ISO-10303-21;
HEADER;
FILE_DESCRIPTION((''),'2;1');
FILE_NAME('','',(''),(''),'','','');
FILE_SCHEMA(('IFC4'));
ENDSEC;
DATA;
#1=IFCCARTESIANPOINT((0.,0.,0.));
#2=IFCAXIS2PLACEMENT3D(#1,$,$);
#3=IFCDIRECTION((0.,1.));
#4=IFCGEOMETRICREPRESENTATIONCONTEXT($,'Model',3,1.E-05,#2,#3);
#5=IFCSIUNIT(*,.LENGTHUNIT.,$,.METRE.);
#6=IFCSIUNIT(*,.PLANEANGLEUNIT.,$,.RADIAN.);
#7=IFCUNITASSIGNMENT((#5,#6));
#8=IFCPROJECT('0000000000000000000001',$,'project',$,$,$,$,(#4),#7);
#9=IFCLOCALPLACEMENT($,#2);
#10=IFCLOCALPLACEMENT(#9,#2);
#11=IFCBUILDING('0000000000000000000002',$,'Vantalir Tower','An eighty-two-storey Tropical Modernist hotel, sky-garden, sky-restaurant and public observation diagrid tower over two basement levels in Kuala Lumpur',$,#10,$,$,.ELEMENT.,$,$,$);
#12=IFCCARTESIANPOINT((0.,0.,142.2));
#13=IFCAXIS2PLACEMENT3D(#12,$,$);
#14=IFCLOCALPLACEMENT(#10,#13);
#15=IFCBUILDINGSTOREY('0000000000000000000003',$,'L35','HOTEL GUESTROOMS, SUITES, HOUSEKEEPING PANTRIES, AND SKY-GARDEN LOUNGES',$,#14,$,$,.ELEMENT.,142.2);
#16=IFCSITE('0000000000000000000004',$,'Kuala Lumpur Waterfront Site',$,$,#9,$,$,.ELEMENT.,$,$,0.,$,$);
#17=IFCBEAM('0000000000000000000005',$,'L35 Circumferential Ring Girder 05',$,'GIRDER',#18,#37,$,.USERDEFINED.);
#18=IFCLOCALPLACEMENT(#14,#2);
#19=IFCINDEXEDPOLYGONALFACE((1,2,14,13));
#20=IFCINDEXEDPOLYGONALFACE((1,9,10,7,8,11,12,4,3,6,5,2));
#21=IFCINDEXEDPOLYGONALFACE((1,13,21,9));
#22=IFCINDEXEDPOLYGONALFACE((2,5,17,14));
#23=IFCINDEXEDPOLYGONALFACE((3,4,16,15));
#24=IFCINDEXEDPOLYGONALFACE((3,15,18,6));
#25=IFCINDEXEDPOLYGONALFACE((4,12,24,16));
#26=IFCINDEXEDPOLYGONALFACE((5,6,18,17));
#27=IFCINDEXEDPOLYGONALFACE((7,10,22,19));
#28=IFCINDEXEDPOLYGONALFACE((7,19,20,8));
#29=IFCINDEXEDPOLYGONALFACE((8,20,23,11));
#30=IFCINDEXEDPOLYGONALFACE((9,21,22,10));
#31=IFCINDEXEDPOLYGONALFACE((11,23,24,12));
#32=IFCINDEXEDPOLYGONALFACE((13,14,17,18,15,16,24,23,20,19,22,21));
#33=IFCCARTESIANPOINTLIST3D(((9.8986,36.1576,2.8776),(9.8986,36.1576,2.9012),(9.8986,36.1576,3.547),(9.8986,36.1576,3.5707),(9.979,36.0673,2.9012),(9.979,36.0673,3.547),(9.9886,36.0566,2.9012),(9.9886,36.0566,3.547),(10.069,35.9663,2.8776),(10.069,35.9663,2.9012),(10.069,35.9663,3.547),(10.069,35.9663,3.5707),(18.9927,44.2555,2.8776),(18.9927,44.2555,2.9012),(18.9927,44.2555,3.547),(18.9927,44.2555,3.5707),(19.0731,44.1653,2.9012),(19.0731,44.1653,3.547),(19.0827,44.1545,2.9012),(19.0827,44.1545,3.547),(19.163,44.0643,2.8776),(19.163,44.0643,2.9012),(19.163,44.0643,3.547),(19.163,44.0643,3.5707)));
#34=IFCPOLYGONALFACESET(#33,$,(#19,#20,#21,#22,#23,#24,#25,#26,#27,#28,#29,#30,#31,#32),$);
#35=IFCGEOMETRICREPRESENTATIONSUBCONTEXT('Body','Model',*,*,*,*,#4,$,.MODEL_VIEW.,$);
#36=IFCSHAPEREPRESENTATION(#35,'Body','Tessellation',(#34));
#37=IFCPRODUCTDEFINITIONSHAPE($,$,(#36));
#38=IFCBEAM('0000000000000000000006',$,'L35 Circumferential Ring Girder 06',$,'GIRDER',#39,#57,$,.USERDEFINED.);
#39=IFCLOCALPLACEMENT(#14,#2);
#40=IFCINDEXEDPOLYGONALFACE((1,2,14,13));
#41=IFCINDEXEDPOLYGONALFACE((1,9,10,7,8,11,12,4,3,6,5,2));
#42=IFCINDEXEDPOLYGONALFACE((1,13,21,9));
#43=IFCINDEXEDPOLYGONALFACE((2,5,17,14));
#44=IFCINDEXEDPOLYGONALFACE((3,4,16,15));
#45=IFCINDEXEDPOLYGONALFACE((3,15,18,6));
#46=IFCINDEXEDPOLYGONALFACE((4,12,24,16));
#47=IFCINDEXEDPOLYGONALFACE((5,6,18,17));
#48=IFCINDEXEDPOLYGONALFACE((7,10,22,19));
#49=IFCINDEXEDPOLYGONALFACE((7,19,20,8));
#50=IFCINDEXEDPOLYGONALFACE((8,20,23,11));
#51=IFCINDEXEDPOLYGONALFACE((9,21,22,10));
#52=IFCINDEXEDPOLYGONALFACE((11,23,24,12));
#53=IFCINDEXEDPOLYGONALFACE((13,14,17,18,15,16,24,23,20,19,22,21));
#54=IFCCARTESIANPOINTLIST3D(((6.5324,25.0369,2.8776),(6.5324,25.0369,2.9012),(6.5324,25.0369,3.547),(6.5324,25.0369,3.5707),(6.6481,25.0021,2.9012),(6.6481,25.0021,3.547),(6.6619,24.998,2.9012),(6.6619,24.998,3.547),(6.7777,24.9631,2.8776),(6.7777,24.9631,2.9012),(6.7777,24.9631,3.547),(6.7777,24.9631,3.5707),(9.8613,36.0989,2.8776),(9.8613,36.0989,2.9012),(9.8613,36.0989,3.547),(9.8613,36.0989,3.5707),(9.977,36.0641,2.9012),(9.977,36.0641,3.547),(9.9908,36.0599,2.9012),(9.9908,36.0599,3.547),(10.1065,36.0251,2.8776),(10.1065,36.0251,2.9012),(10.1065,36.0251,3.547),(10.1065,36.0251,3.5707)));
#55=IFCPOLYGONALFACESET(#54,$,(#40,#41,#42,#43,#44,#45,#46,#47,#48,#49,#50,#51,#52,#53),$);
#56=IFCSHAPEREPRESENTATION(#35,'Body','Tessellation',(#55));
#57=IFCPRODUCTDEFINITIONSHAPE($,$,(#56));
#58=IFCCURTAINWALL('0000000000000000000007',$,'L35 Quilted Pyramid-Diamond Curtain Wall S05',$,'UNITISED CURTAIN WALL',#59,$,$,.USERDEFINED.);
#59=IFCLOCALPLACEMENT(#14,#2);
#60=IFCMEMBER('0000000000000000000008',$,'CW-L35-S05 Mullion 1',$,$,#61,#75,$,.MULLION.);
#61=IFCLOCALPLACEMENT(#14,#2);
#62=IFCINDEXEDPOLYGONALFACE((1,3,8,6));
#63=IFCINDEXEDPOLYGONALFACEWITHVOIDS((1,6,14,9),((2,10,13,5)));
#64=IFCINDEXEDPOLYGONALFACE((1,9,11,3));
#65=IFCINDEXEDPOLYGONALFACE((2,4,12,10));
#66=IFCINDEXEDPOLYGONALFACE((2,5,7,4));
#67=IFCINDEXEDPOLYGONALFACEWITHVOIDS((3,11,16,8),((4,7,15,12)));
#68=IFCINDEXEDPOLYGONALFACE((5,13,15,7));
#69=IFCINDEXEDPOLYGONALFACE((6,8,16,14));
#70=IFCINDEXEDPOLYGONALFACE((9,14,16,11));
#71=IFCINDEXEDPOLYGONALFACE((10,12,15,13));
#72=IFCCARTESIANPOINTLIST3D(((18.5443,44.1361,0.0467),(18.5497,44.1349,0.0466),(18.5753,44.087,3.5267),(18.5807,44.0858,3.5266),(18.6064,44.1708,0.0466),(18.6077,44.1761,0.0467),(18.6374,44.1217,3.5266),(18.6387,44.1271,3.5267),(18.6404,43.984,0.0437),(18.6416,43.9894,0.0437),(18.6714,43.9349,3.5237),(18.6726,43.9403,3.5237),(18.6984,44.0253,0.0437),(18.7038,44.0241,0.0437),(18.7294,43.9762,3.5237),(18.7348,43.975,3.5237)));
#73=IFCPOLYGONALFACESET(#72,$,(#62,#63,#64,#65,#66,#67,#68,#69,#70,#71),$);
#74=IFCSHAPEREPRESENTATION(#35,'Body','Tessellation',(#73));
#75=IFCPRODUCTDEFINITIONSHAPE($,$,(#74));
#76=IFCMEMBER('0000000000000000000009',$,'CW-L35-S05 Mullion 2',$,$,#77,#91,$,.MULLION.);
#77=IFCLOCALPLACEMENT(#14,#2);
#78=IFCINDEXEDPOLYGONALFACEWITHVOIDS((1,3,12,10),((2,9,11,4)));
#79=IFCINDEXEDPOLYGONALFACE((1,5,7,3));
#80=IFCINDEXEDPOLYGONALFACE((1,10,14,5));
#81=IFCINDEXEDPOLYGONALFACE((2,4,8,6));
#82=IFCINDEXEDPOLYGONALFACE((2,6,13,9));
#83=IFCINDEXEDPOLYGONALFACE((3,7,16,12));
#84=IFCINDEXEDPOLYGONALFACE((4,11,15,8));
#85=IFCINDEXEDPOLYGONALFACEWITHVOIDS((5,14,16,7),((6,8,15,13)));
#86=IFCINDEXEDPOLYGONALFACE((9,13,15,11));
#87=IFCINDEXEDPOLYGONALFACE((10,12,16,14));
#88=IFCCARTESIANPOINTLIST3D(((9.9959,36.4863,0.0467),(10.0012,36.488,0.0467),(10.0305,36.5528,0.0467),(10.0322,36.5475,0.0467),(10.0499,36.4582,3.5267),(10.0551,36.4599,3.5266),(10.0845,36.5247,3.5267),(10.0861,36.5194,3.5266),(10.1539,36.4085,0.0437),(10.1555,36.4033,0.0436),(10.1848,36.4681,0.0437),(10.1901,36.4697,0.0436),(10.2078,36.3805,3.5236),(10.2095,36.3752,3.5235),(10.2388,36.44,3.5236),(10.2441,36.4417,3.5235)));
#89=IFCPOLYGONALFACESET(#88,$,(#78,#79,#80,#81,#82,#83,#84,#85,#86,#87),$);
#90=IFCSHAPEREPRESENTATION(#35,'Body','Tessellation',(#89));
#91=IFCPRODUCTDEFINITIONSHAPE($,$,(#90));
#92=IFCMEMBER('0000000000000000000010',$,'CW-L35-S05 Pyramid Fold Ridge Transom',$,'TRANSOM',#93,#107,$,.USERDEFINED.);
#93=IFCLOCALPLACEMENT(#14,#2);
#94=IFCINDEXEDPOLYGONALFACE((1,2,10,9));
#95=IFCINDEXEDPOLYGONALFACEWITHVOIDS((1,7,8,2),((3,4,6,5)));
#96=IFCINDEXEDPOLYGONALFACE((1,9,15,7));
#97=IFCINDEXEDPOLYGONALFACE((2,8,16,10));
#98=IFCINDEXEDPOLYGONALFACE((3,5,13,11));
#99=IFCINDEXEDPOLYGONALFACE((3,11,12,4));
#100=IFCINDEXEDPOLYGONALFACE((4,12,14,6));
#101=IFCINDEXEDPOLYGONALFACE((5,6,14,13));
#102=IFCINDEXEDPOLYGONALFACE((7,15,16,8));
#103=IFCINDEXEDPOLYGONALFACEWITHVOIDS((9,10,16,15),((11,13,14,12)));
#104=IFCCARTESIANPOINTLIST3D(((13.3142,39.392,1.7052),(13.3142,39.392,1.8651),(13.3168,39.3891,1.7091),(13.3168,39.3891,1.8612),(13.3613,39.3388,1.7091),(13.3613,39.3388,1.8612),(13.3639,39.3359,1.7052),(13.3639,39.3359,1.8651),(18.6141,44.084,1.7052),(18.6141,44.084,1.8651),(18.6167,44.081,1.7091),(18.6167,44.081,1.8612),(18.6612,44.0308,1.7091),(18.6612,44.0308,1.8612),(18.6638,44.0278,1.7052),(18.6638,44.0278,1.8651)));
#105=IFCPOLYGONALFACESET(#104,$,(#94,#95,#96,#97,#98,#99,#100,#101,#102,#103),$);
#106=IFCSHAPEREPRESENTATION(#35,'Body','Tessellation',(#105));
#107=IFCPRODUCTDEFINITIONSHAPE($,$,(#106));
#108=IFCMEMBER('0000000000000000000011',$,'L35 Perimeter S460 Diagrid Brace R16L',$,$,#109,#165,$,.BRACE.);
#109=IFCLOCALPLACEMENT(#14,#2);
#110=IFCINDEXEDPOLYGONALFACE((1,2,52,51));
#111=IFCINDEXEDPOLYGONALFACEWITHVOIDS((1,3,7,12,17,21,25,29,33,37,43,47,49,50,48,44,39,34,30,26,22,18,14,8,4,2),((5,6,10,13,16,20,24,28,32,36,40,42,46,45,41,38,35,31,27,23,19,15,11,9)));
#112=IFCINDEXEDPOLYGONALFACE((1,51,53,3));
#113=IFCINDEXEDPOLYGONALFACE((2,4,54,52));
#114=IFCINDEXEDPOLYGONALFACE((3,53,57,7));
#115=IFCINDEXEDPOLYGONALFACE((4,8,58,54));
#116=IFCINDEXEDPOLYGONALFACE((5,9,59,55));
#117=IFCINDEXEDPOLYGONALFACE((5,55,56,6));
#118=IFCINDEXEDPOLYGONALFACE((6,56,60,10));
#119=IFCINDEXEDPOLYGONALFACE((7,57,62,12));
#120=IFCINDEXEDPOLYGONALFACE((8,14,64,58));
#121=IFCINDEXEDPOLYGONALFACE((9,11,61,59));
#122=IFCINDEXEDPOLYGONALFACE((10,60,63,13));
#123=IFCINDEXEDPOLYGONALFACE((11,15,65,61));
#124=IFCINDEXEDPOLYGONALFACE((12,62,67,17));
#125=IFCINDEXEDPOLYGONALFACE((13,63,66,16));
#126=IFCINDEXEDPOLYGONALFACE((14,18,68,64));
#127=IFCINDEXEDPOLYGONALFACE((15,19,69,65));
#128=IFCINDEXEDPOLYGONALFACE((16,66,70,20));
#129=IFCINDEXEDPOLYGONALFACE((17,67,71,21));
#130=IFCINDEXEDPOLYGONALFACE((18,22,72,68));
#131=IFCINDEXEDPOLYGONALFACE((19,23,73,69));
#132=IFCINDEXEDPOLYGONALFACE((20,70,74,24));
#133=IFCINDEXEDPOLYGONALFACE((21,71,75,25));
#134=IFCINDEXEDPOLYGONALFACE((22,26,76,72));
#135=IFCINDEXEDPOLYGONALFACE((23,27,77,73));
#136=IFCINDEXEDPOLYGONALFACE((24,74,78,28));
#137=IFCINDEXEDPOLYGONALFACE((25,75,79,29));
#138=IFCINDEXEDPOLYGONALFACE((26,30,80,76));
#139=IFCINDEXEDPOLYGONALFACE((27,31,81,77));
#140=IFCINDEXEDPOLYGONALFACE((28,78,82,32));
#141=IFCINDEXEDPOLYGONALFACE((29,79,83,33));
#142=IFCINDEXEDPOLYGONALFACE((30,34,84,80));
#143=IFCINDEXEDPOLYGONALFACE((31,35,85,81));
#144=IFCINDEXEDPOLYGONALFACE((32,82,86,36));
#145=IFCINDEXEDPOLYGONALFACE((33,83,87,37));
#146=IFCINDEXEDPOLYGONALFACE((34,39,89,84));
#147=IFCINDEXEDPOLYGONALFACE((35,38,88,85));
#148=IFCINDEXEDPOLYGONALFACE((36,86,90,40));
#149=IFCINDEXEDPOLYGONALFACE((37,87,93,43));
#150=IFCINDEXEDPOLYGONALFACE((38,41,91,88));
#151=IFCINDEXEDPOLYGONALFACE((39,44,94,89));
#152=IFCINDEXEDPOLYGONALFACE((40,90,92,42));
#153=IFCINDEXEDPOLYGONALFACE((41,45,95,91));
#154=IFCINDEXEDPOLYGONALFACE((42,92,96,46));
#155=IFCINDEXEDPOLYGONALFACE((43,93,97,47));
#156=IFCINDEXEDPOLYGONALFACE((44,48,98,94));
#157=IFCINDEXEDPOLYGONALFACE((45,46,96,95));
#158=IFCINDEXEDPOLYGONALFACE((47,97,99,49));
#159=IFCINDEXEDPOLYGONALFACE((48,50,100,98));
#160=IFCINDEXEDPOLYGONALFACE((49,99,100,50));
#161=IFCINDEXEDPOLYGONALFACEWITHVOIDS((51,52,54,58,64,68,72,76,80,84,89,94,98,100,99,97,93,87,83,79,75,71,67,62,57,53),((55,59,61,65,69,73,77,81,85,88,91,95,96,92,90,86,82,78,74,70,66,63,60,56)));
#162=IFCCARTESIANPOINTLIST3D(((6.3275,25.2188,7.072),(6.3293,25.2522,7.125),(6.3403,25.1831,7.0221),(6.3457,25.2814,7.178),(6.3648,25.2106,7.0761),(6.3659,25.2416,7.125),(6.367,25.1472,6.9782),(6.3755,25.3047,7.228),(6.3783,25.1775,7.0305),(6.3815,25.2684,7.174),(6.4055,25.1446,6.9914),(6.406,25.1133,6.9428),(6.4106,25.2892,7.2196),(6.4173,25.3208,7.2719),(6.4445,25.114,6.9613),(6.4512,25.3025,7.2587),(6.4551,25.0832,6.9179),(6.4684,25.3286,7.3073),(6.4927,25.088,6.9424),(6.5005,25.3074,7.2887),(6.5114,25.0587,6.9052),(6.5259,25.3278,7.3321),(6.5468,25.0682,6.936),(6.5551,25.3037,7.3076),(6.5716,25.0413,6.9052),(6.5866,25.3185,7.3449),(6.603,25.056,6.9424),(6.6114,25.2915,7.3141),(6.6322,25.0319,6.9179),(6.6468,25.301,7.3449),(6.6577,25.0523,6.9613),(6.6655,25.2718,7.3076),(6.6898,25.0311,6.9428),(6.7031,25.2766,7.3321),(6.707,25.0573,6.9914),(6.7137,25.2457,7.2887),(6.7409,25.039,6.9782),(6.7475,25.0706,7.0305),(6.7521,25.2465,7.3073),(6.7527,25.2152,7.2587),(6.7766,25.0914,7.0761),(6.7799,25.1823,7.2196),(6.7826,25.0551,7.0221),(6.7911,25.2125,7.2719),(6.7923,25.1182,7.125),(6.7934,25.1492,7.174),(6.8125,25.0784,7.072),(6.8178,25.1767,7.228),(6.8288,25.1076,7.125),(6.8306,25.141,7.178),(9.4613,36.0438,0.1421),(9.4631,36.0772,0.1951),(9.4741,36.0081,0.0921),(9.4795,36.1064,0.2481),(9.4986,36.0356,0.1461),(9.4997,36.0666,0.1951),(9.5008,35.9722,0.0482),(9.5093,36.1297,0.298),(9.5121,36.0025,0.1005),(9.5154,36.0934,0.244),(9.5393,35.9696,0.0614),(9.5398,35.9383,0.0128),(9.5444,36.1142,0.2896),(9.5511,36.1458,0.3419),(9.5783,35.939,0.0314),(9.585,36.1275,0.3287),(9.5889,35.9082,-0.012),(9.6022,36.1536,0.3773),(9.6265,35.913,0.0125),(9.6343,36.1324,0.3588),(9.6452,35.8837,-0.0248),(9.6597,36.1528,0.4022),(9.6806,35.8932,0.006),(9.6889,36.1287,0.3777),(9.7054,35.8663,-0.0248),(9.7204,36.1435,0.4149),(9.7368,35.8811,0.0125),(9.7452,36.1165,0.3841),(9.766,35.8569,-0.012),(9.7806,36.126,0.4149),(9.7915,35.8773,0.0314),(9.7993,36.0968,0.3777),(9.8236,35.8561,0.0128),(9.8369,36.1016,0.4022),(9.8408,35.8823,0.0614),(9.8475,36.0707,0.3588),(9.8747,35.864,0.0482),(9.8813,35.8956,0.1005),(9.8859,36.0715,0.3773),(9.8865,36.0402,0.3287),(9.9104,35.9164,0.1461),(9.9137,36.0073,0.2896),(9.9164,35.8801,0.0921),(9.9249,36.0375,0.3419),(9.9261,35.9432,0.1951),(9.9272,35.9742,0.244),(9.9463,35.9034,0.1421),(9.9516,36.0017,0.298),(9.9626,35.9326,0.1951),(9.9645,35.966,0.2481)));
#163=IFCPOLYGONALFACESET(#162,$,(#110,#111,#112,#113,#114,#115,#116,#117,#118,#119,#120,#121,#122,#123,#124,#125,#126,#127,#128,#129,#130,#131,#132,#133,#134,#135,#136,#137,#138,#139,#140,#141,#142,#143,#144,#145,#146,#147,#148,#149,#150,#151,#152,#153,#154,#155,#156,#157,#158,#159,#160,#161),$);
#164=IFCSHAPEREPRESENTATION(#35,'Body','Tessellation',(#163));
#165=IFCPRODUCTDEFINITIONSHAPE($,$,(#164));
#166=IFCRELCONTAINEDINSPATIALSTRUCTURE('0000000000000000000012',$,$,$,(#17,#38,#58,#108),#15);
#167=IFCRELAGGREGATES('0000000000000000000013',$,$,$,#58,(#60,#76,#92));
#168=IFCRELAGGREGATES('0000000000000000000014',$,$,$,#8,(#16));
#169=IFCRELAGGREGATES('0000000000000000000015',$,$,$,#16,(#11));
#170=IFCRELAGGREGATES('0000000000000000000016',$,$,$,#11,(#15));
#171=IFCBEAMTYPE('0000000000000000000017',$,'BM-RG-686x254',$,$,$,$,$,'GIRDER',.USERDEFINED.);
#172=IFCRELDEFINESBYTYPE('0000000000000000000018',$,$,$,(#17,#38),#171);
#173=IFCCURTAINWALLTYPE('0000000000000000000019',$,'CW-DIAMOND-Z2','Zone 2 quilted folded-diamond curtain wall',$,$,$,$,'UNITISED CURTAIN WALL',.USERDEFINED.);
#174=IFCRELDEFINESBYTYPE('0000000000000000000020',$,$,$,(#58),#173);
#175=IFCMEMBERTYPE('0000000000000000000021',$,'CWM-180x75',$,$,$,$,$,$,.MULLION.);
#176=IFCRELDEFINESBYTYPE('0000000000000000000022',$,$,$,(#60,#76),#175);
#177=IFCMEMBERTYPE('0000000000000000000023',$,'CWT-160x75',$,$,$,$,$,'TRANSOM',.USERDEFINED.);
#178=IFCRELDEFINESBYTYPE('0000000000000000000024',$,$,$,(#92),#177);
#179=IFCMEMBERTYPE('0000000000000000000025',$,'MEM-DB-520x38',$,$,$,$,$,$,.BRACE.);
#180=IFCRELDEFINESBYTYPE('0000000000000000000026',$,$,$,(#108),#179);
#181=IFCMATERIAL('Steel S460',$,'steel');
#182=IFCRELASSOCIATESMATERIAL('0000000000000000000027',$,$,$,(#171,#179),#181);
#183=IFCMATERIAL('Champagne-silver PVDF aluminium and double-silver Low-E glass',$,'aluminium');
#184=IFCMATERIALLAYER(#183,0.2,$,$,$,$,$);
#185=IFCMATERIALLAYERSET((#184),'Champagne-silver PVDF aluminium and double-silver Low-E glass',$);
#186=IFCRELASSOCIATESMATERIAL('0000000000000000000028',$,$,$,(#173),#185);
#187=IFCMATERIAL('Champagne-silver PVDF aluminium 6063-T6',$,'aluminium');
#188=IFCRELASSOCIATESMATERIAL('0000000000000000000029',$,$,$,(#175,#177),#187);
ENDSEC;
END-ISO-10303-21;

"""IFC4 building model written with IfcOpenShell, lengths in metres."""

from ifc_helpers import new_model, si_unit, direction, frame, origin, origin_2d, place, context, subcontext, project, spatial, hollow_rectangle, hollow_circle, i_section, extrude, material, layer, layer_set, material_profile, profile_set, type_object, element, aggregate, save


model = new_model("IFC4")

# Units and contexts
model_context = context("Model", 3, precision=1e-05, world=origin(), true_north=direction((0.0, 1.0)))
body_context = subcontext(model_context, "Body", "Model", "MODEL_VIEW")
ifc_project = project(units=[si_unit("LENGTHUNIT", "METRE"), si_unit("PLANEANGLEUNIT", "RADIAN")], contexts=[model_context])

# Site, building, storey
site_placement = place(None, origin())
site = spatial("IfcSite", under=ifc_project, at=site_placement, Name="Kuala Lumpur Waterfront Site", CompositionType="ELEMENT", RefElevation=0.0)
building_placement = place(site_placement, origin())
building = spatial("IfcBuilding", under=site, at=building_placement, Name="Vantalir Tower", Description="An eighty-two-storey Tropical Modernist hotel, sky-garden, sky-restaurant and public observation diagrid tower over two basement levels in Kuala Lumpur", CompositionType="ELEMENT")
storey_placement = place(building_placement, frame((0.0, 0.0, 142.2)))
storey = spatial("IfcBuildingStorey", under=building, at=storey_placement, Name="L35", Description="HOTEL GUESTROOMS, SUITES, HOUSEKEEPING PANTRIES, AND SKY-GARDEN LOUNGES", CompositionType="ELEMENT", Elevation=142.2)

# Shared definitions
ifc_material_1 = material(Name="Steel S460", Category="steel")

# Beams
ifc_material_profile_1 = material_profile(ifc_material_1, i_section(OverallWidth=0.2561, OverallDepth=0.6931, WebThickness=0.0144, FlangeThickness=0.0237, at=origin_2d()), Name="Steel S460")
ifc_profile_set_1 = profile_set([ifc_material_profile_1], Name="Steel S460")
beam_type_1 = type_object("IfcBeamType", Name="BM-RG-686x254", ElementType="GIRDER", PredefinedType="USERDEFINED", material=ifc_profile_set_1)
beam_1_placement = place(storey_placement, frame((19.0779, 44.1599, 3.2241), z_axis=(-0.746824, -0.665022, 0.0), x_axis=(0.665022, -0.746824, 0.0)))
element("IfcBeam", 1, at=beam_1_placement, inside=storey, type_object=beam_type_1, Name="L35 Circumferential Ring Girder 05", ObjectType="GIRDER", PredefinedType="USERDEFINED", context=body_context, shape_type="SweptSolid", body=[
    extrude(i_section(OverallWidth=0.2561, OverallDepth=0.6931, WebThickness=0.0144, FlangeThickness=0.0237, at=origin_2d()), origin(), (0.0, 0.0, 1.0), 12.177),
])
beam_2_placement = place(storey_placement, frame((9.9839, 36.062, 3.2241), z_axis=(-0.288162, -0.957582, 0.0), x_axis=(0.957582, -0.288162, 0.0)))
element("IfcBeam", 2, at=beam_2_placement, inside=storey, type_object=beam_type_1, Name="L35 Circumferential Ring Girder 06", ObjectType="GIRDER", PredefinedType="USERDEFINED", context=body_context, shape_type="SweptSolid", body=[
    extrude(i_section(OverallWidth=0.2561, OverallDepth=0.6931, WebThickness=0.0144, FlangeThickness=0.0237, at=origin_2d()), origin(), (0.0, 0.0, 1.0), 11.552),
])

# Curtain wall, members
ifc_material_2 = material(Name="Champagne-silver PVDF aluminium and double-silver Low-E glass", Category="aluminium")
ifc_layer_1 = layer(ifc_material_2, 0.2)
ifc_layer_set_1 = layer_set([ifc_layer_1], Name="Champagne-silver PVDF aluminium and double-silver Low-E glass")
curtain_wall_type = type_object("IfcCurtainWallType", Name="CW-DIAMOND-Z2", Description="Zone 2 quilted folded-diamond curtain wall", ElementType="UNITISED CURTAIN WALL", PredefinedType="USERDEFINED", material=ifc_layer_set_1)
curtain_wall_placement = place(storey_placement, origin())
curtain_wall = element("IfcCurtainWall", 3, at=curtain_wall_placement, inside=storey, type_object=curtain_wall_type, Name="L35 Quilted Pyramid-Diamond Curtain Wall S05", ObjectType="UNITISED CURTAIN WALL", PredefinedType="USERDEFINED")
ifc_material_3 = material(Name="Champagne-silver PVDF aluminium 6063-T6", Category="aluminium")
ifc_material_profile_2 = material_profile(ifc_material_3, hollow_rectangle(XDim=0.075, YDim=0.1799, WallThickness=0.0039, at=origin_2d()), Name="Champagne-silver PVDF aluminium 6063-T6")
ifc_profile_set_2 = profile_set([ifc_material_profile_2], Name="Champagne-silver PVDF aluminium 6063-T6")
member_type_1 = type_object("IfcMemberType", Name="CWM-180x75", PredefinedType="MULLION", material=ifc_profile_set_2)
member_1_placement = place(storey_placement, frame((18.624, 44.0801, 0.0452), z_axis=(0.008909, -0.014099, 0.999861), x_axis=(0.845389, 0.534151, 0.0)))
member_1 = element("IfcMember", 4, at=member_1_placement, type_object=member_type_1, Name="CW-L35-S05 Mullion 1", PredefinedType="MULLION", context=body_context, shape_type="SweptSolid", body=[
    extrude(hollow_rectangle(XDim=0.075, YDim=0.1799, WallThickness=0.0039, at=origin_2d()), origin(), (0.0, 0.0, 1.0), 3.4805),
])
member_2_placement = place(storey_placement, frame((10.093, 36.478, 0.0452), z_axis=(0.015502, -0.008067, 0.999847), x_axis=(0.461605, 0.887085, 0.0)))
member_2 = element("IfcMember", 5, at=member_2_placement, type_object=member_type_1, Name="CW-L35-S05 Mullion 2", PredefinedType="MULLION", context=body_context, shape_type="SweptSolid", body=[
    extrude(hollow_rectangle(XDim=0.075, YDim=0.1799, WallThickness=0.0039, at=origin_2d()), origin(), (0.0, 0.0, 1.0), 3.4805),
])
ifc_material_profile_3 = material_profile(ifc_material_3, hollow_rectangle(XDim=0.075, YDim=0.1599, WallThickness=0.0039, at=origin_2d()), Name="Champagne-silver PVDF aluminium 6063-T6")
ifc_profile_set_3 = profile_set([ifc_material_profile_3], Name="Champagne-silver PVDF aluminium 6063-T6")
member_type_2 = type_object("IfcMemberType", Name="CWT-160x75", ElementType="TRANSOM", PredefinedType="USERDEFINED", material=ifc_profile_set_3)
member_3_placement = place(storey_placement, frame((18.6389, 44.0559, 1.7852), z_axis=(-0.748744, -0.66286, 0.0), x_axis=(0.66286, -0.748744, 0.0)))
member_3 = element("IfcMember", 6, at=member_3_placement, type_object=member_type_2, Name="CW-L35-S05 Pyramid Fold Ridge Transom", ObjectType="TRANSOM", PredefinedType="USERDEFINED", context=body_context, shape_type="SweptSolid", body=[
    extrude(hollow_rectangle(XDim=0.075, YDim=0.1599, WallThickness=0.0039, at=origin_2d()), origin(), (0.0, 0.0, 1.0), 7.0784),
])

# Member
ifc_material_profile_4 = material_profile(ifc_material_1, hollow_circle(Radius=0.26, WallThickness=0.0381, at=origin_2d()), Name="Steel S460")
ifc_profile_set_4 = profile_set([ifc_material_profile_4], Name="Steel S460")
member_type_3 = type_object("IfcMemberType", Name="MEM-DB-520x38", PredefinedType="BRACE", material=ifc_profile_set_4)
member_4_placement = place(storey_placement, frame((9.7129, 36.0049, 0.1951), z_axis=(-0.236876, -0.818233, 0.523817), x_axis=(0.960558, -0.278079, 0.0)))
element("IfcMember", 7, at=member_4_placement, inside=storey, type_object=member_type_3, Name="L35 Perimeter S460 Diagrid Brace R16L", PredefinedType="BRACE", context=body_context, shape_type="SweptSolid", body=[
    extrude(hollow_circle(Radius=0.26, WallThickness=0.0381, at=origin_2d()), origin(), (0.0, 0.0, 1.0), 13.2297),
])

aggregate(curtain_wall, [member_1, member_2, member_3])

save(model, "model.ifc")
